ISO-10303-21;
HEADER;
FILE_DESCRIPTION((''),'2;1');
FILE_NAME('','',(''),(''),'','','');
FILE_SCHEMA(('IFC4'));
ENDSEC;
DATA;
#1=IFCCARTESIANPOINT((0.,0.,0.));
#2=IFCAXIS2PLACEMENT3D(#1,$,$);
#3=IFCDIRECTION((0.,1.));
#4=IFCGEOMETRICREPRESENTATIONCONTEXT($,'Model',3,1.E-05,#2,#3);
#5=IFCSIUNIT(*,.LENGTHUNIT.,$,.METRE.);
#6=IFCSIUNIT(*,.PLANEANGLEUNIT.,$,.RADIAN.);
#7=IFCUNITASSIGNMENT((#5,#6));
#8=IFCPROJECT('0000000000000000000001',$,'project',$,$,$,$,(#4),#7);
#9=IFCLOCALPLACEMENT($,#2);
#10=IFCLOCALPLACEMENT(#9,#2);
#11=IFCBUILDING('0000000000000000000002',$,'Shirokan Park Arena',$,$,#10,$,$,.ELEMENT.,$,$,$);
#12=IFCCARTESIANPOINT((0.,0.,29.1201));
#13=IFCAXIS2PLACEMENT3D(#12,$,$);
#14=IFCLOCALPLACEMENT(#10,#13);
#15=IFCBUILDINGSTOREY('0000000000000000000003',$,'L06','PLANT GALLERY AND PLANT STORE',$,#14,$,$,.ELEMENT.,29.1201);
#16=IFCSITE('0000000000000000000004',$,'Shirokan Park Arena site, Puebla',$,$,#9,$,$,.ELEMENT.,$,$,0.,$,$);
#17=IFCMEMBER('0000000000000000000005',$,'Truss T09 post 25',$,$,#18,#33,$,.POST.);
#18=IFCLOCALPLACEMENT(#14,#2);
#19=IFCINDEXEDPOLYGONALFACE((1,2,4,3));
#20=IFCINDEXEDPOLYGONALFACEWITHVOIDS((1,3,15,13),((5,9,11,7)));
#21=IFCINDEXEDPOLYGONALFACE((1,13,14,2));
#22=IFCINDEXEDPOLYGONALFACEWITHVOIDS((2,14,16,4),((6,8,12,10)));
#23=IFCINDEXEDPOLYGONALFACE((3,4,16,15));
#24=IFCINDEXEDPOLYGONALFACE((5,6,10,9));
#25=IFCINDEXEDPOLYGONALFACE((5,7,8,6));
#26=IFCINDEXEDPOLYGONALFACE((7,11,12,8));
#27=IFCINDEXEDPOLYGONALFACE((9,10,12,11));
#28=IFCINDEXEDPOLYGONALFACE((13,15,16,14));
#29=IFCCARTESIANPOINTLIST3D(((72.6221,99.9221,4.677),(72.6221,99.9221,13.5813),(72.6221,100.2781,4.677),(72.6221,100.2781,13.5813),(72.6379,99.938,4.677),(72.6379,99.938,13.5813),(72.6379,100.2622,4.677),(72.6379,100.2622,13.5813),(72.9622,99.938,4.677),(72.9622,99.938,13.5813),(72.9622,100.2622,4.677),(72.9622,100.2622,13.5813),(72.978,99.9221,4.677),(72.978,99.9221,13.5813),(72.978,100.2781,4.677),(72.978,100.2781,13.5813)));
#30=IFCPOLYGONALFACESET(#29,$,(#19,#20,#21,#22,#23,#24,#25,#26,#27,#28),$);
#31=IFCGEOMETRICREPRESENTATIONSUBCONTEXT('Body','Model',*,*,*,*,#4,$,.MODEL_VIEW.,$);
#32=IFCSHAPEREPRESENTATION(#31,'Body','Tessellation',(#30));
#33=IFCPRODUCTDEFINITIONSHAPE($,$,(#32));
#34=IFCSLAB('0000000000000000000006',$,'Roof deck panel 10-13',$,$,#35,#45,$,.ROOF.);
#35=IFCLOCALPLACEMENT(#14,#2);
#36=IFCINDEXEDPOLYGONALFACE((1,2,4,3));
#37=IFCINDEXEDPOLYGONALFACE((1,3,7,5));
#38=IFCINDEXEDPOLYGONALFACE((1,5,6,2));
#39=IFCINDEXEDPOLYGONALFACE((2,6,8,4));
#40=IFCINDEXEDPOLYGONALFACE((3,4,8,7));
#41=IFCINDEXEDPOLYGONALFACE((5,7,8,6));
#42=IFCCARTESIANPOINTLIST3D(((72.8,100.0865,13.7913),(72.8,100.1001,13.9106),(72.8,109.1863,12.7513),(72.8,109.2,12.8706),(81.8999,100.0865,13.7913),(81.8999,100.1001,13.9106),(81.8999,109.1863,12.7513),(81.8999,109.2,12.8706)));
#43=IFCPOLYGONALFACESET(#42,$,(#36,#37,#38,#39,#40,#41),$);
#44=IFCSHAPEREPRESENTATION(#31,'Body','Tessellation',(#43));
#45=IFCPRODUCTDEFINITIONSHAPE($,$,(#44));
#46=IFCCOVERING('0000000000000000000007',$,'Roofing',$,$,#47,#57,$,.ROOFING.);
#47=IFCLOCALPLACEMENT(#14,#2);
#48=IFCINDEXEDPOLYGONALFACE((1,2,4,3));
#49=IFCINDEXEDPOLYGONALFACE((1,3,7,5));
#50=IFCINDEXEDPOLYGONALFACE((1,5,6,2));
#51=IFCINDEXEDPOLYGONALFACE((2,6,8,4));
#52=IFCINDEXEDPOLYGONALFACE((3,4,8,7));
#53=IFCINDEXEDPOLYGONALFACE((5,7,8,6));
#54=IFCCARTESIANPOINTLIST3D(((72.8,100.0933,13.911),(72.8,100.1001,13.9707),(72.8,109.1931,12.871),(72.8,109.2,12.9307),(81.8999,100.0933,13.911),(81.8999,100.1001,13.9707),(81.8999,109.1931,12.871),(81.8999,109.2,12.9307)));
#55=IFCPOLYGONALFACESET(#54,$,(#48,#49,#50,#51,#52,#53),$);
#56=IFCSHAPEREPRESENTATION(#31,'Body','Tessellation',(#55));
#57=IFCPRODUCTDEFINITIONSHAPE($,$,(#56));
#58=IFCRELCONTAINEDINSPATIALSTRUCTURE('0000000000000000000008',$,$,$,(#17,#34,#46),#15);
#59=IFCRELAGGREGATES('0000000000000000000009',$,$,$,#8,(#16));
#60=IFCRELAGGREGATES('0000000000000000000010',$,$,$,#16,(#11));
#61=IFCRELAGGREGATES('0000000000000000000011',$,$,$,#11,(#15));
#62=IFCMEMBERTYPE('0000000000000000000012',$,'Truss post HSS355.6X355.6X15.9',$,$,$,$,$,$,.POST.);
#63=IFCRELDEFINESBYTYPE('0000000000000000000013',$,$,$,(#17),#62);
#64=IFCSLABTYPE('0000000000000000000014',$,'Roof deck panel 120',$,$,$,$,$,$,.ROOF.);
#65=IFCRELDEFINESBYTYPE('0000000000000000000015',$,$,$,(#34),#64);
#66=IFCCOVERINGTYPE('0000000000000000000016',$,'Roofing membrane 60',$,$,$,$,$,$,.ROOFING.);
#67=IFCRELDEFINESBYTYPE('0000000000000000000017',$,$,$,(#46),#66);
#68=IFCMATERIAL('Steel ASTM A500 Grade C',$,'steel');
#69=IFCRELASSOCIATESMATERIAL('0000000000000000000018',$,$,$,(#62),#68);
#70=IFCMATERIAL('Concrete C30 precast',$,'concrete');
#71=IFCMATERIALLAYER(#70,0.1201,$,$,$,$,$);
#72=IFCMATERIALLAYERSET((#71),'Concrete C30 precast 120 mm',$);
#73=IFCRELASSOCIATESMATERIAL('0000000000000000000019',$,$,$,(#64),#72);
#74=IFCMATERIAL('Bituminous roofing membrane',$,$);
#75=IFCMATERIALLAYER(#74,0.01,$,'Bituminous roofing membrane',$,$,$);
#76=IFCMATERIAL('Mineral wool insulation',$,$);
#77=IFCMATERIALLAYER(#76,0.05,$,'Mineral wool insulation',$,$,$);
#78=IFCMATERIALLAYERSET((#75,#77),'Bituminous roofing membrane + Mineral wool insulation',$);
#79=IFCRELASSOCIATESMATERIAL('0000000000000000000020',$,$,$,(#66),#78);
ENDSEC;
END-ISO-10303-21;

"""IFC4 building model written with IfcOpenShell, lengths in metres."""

from ifc_helpers import new_model, si_unit, direction, frame, origin, origin_2d, place, context, subcontext, project, spatial, polyline, hollow_rectangle, outline, extrude, material, layer, layer_set, material_profile, profile_set, type_object, element, save


model = new_model("IFC4")

# Units and contexts
model_context = context("Model", 3, precision=1e-05, world=origin(), true_north=direction((0.0, 1.0)))
body_context = subcontext(model_context, "Body", "Model", "MODEL_VIEW")
ifc_project = project(units=[si_unit("LENGTHUNIT", "METRE"), si_unit("PLANEANGLEUNIT", "RADIAN")], contexts=[model_context])

# Site, building, storey
site_placement = place(None, origin())
site = spatial("IfcSite", under=ifc_project, at=site_placement, Name="Shirokan Park Arena site, Puebla", CompositionType="ELEMENT", RefElevation=0.0)
building_placement = place(site_placement, origin())
building = spatial("IfcBuilding", under=site, at=building_placement, Name="Shirokan Park Arena", CompositionType="ELEMENT")
storey_placement = place(building_placement, frame((0.0, 0.0, 29.1201)))
storey = spatial("IfcBuildingStorey", under=building, at=storey_placement, Name="L06", Description="PLANT GALLERY AND PLANT STORE", CompositionType="ELEMENT", Elevation=29.1201)

# Shared definitions
ifc_material_1 = material(Name="Steel ASTM A500 Grade C", Category="steel")

# Member
ifc_material_profile_1 = material_profile(ifc_material_1, hollow_rectangle(XDim=0.356, YDim=0.356, WallThickness=0.0159, at=origin_2d()), Name="HSS355.6X355.6X15.9")
ifc_profile_set_1 = profile_set([ifc_material_profile_1], Name="Steel ASTM A500 Grade C")
member_type_1 = type_object("IfcMemberType", Name="Truss post HSS355.6X355.6X15.9", PredefinedType="POST", material=ifc_profile_set_1)
member_1_placement = place(storey_placement, frame((72.8, 100.1001, 4.677), z_axis=(0.0, 0.0, 1.0), x_axis=(1.0, 0.0, 0.0)))
element("IfcMember", 1, at=member_1_placement, inside=storey, type_object=member_type_1, Name="Truss T09 post 25", PredefinedType="POST", context=body_context, shape_type="SweptSolid", body=[
    extrude(hollow_rectangle(XDim=0.356, YDim=0.356, WallThickness=0.0159, at=origin_2d()), origin(), (0.0, 0.0, 1.0), 8.9043),
])

# Slab
ifc_material_2 = material(Name="Concrete C30 precast", Category="concrete")
ifc_layer_1 = layer(ifc_material_2, 0.1201)
ifc_layer_set_1 = layer_set([ifc_layer_1], Name="Concrete C30 precast 120 mm")
slab_type = type_object("IfcSlabType", Name="Roof deck panel 120", PredefinedType="ROOF", material=ifc_layer_set_1)
slab_placement = place(storey_placement, frame((72.8, 100.1001, 13.9106), z_axis=(0.0, 0.113553, 0.993532), x_axis=(1.0, 0.0, 0.0)))
element("IfcSlab", 2, at=slab_placement, inside=storey, type_object=slab_type, Name="Roof deck panel 10-13", PredefinedType="ROOF", context=body_context, shape_type="SweptSolid", body=[
    extrude(outline(polyline([(0.0, 0.0), (9.0999, 0.0), (9.0999, 9.1591), (0.0, 9.1591), (0.0, 0.0)])), origin(), (0.0, 0.0, -1.0), 0.1201),
])

# Covering
ifc_material_3 = material(Name="Bituminous roofing membrane")
ifc_layer_2 = layer(ifc_material_3, 0.01, Name="Bituminous roofing membrane")
ifc_material_4 = material(Name="Mineral wool insulation")
ifc_layer_3 = layer(ifc_material_4, 0.05, Name="Mineral wool insulation")
ifc_layer_set_2 = layer_set([ifc_layer_2, ifc_layer_3], Name="Bituminous roofing membrane + Mineral wool insulation")
covering_type = type_object("IfcCoveringType", Name="Roofing membrane 60", PredefinedType="ROOFING", material=ifc_layer_set_2)
covering_placement = place(storey_placement, frame((72.8, 100.1001, 13.9707), z_axis=(0.0, 0.113553, 0.993532), x_axis=(1.0, 0.0, 0.0)))
element("IfcCovering", 3, at=covering_placement, inside=storey, type_object=covering_type, Name="Roofing", PredefinedType="ROOFING", context=body_context, shape_type="SweptSolid", body=[
    extrude(outline(polyline([(0.0, 0.0), (9.0999, 0.0), (9.0999, 9.1591), (0.0, 9.1591), (0.0, 0.0)])), origin(), (0.0, 0.0, -1.0), 0.0601),
])

save(model, "model.ifc")
